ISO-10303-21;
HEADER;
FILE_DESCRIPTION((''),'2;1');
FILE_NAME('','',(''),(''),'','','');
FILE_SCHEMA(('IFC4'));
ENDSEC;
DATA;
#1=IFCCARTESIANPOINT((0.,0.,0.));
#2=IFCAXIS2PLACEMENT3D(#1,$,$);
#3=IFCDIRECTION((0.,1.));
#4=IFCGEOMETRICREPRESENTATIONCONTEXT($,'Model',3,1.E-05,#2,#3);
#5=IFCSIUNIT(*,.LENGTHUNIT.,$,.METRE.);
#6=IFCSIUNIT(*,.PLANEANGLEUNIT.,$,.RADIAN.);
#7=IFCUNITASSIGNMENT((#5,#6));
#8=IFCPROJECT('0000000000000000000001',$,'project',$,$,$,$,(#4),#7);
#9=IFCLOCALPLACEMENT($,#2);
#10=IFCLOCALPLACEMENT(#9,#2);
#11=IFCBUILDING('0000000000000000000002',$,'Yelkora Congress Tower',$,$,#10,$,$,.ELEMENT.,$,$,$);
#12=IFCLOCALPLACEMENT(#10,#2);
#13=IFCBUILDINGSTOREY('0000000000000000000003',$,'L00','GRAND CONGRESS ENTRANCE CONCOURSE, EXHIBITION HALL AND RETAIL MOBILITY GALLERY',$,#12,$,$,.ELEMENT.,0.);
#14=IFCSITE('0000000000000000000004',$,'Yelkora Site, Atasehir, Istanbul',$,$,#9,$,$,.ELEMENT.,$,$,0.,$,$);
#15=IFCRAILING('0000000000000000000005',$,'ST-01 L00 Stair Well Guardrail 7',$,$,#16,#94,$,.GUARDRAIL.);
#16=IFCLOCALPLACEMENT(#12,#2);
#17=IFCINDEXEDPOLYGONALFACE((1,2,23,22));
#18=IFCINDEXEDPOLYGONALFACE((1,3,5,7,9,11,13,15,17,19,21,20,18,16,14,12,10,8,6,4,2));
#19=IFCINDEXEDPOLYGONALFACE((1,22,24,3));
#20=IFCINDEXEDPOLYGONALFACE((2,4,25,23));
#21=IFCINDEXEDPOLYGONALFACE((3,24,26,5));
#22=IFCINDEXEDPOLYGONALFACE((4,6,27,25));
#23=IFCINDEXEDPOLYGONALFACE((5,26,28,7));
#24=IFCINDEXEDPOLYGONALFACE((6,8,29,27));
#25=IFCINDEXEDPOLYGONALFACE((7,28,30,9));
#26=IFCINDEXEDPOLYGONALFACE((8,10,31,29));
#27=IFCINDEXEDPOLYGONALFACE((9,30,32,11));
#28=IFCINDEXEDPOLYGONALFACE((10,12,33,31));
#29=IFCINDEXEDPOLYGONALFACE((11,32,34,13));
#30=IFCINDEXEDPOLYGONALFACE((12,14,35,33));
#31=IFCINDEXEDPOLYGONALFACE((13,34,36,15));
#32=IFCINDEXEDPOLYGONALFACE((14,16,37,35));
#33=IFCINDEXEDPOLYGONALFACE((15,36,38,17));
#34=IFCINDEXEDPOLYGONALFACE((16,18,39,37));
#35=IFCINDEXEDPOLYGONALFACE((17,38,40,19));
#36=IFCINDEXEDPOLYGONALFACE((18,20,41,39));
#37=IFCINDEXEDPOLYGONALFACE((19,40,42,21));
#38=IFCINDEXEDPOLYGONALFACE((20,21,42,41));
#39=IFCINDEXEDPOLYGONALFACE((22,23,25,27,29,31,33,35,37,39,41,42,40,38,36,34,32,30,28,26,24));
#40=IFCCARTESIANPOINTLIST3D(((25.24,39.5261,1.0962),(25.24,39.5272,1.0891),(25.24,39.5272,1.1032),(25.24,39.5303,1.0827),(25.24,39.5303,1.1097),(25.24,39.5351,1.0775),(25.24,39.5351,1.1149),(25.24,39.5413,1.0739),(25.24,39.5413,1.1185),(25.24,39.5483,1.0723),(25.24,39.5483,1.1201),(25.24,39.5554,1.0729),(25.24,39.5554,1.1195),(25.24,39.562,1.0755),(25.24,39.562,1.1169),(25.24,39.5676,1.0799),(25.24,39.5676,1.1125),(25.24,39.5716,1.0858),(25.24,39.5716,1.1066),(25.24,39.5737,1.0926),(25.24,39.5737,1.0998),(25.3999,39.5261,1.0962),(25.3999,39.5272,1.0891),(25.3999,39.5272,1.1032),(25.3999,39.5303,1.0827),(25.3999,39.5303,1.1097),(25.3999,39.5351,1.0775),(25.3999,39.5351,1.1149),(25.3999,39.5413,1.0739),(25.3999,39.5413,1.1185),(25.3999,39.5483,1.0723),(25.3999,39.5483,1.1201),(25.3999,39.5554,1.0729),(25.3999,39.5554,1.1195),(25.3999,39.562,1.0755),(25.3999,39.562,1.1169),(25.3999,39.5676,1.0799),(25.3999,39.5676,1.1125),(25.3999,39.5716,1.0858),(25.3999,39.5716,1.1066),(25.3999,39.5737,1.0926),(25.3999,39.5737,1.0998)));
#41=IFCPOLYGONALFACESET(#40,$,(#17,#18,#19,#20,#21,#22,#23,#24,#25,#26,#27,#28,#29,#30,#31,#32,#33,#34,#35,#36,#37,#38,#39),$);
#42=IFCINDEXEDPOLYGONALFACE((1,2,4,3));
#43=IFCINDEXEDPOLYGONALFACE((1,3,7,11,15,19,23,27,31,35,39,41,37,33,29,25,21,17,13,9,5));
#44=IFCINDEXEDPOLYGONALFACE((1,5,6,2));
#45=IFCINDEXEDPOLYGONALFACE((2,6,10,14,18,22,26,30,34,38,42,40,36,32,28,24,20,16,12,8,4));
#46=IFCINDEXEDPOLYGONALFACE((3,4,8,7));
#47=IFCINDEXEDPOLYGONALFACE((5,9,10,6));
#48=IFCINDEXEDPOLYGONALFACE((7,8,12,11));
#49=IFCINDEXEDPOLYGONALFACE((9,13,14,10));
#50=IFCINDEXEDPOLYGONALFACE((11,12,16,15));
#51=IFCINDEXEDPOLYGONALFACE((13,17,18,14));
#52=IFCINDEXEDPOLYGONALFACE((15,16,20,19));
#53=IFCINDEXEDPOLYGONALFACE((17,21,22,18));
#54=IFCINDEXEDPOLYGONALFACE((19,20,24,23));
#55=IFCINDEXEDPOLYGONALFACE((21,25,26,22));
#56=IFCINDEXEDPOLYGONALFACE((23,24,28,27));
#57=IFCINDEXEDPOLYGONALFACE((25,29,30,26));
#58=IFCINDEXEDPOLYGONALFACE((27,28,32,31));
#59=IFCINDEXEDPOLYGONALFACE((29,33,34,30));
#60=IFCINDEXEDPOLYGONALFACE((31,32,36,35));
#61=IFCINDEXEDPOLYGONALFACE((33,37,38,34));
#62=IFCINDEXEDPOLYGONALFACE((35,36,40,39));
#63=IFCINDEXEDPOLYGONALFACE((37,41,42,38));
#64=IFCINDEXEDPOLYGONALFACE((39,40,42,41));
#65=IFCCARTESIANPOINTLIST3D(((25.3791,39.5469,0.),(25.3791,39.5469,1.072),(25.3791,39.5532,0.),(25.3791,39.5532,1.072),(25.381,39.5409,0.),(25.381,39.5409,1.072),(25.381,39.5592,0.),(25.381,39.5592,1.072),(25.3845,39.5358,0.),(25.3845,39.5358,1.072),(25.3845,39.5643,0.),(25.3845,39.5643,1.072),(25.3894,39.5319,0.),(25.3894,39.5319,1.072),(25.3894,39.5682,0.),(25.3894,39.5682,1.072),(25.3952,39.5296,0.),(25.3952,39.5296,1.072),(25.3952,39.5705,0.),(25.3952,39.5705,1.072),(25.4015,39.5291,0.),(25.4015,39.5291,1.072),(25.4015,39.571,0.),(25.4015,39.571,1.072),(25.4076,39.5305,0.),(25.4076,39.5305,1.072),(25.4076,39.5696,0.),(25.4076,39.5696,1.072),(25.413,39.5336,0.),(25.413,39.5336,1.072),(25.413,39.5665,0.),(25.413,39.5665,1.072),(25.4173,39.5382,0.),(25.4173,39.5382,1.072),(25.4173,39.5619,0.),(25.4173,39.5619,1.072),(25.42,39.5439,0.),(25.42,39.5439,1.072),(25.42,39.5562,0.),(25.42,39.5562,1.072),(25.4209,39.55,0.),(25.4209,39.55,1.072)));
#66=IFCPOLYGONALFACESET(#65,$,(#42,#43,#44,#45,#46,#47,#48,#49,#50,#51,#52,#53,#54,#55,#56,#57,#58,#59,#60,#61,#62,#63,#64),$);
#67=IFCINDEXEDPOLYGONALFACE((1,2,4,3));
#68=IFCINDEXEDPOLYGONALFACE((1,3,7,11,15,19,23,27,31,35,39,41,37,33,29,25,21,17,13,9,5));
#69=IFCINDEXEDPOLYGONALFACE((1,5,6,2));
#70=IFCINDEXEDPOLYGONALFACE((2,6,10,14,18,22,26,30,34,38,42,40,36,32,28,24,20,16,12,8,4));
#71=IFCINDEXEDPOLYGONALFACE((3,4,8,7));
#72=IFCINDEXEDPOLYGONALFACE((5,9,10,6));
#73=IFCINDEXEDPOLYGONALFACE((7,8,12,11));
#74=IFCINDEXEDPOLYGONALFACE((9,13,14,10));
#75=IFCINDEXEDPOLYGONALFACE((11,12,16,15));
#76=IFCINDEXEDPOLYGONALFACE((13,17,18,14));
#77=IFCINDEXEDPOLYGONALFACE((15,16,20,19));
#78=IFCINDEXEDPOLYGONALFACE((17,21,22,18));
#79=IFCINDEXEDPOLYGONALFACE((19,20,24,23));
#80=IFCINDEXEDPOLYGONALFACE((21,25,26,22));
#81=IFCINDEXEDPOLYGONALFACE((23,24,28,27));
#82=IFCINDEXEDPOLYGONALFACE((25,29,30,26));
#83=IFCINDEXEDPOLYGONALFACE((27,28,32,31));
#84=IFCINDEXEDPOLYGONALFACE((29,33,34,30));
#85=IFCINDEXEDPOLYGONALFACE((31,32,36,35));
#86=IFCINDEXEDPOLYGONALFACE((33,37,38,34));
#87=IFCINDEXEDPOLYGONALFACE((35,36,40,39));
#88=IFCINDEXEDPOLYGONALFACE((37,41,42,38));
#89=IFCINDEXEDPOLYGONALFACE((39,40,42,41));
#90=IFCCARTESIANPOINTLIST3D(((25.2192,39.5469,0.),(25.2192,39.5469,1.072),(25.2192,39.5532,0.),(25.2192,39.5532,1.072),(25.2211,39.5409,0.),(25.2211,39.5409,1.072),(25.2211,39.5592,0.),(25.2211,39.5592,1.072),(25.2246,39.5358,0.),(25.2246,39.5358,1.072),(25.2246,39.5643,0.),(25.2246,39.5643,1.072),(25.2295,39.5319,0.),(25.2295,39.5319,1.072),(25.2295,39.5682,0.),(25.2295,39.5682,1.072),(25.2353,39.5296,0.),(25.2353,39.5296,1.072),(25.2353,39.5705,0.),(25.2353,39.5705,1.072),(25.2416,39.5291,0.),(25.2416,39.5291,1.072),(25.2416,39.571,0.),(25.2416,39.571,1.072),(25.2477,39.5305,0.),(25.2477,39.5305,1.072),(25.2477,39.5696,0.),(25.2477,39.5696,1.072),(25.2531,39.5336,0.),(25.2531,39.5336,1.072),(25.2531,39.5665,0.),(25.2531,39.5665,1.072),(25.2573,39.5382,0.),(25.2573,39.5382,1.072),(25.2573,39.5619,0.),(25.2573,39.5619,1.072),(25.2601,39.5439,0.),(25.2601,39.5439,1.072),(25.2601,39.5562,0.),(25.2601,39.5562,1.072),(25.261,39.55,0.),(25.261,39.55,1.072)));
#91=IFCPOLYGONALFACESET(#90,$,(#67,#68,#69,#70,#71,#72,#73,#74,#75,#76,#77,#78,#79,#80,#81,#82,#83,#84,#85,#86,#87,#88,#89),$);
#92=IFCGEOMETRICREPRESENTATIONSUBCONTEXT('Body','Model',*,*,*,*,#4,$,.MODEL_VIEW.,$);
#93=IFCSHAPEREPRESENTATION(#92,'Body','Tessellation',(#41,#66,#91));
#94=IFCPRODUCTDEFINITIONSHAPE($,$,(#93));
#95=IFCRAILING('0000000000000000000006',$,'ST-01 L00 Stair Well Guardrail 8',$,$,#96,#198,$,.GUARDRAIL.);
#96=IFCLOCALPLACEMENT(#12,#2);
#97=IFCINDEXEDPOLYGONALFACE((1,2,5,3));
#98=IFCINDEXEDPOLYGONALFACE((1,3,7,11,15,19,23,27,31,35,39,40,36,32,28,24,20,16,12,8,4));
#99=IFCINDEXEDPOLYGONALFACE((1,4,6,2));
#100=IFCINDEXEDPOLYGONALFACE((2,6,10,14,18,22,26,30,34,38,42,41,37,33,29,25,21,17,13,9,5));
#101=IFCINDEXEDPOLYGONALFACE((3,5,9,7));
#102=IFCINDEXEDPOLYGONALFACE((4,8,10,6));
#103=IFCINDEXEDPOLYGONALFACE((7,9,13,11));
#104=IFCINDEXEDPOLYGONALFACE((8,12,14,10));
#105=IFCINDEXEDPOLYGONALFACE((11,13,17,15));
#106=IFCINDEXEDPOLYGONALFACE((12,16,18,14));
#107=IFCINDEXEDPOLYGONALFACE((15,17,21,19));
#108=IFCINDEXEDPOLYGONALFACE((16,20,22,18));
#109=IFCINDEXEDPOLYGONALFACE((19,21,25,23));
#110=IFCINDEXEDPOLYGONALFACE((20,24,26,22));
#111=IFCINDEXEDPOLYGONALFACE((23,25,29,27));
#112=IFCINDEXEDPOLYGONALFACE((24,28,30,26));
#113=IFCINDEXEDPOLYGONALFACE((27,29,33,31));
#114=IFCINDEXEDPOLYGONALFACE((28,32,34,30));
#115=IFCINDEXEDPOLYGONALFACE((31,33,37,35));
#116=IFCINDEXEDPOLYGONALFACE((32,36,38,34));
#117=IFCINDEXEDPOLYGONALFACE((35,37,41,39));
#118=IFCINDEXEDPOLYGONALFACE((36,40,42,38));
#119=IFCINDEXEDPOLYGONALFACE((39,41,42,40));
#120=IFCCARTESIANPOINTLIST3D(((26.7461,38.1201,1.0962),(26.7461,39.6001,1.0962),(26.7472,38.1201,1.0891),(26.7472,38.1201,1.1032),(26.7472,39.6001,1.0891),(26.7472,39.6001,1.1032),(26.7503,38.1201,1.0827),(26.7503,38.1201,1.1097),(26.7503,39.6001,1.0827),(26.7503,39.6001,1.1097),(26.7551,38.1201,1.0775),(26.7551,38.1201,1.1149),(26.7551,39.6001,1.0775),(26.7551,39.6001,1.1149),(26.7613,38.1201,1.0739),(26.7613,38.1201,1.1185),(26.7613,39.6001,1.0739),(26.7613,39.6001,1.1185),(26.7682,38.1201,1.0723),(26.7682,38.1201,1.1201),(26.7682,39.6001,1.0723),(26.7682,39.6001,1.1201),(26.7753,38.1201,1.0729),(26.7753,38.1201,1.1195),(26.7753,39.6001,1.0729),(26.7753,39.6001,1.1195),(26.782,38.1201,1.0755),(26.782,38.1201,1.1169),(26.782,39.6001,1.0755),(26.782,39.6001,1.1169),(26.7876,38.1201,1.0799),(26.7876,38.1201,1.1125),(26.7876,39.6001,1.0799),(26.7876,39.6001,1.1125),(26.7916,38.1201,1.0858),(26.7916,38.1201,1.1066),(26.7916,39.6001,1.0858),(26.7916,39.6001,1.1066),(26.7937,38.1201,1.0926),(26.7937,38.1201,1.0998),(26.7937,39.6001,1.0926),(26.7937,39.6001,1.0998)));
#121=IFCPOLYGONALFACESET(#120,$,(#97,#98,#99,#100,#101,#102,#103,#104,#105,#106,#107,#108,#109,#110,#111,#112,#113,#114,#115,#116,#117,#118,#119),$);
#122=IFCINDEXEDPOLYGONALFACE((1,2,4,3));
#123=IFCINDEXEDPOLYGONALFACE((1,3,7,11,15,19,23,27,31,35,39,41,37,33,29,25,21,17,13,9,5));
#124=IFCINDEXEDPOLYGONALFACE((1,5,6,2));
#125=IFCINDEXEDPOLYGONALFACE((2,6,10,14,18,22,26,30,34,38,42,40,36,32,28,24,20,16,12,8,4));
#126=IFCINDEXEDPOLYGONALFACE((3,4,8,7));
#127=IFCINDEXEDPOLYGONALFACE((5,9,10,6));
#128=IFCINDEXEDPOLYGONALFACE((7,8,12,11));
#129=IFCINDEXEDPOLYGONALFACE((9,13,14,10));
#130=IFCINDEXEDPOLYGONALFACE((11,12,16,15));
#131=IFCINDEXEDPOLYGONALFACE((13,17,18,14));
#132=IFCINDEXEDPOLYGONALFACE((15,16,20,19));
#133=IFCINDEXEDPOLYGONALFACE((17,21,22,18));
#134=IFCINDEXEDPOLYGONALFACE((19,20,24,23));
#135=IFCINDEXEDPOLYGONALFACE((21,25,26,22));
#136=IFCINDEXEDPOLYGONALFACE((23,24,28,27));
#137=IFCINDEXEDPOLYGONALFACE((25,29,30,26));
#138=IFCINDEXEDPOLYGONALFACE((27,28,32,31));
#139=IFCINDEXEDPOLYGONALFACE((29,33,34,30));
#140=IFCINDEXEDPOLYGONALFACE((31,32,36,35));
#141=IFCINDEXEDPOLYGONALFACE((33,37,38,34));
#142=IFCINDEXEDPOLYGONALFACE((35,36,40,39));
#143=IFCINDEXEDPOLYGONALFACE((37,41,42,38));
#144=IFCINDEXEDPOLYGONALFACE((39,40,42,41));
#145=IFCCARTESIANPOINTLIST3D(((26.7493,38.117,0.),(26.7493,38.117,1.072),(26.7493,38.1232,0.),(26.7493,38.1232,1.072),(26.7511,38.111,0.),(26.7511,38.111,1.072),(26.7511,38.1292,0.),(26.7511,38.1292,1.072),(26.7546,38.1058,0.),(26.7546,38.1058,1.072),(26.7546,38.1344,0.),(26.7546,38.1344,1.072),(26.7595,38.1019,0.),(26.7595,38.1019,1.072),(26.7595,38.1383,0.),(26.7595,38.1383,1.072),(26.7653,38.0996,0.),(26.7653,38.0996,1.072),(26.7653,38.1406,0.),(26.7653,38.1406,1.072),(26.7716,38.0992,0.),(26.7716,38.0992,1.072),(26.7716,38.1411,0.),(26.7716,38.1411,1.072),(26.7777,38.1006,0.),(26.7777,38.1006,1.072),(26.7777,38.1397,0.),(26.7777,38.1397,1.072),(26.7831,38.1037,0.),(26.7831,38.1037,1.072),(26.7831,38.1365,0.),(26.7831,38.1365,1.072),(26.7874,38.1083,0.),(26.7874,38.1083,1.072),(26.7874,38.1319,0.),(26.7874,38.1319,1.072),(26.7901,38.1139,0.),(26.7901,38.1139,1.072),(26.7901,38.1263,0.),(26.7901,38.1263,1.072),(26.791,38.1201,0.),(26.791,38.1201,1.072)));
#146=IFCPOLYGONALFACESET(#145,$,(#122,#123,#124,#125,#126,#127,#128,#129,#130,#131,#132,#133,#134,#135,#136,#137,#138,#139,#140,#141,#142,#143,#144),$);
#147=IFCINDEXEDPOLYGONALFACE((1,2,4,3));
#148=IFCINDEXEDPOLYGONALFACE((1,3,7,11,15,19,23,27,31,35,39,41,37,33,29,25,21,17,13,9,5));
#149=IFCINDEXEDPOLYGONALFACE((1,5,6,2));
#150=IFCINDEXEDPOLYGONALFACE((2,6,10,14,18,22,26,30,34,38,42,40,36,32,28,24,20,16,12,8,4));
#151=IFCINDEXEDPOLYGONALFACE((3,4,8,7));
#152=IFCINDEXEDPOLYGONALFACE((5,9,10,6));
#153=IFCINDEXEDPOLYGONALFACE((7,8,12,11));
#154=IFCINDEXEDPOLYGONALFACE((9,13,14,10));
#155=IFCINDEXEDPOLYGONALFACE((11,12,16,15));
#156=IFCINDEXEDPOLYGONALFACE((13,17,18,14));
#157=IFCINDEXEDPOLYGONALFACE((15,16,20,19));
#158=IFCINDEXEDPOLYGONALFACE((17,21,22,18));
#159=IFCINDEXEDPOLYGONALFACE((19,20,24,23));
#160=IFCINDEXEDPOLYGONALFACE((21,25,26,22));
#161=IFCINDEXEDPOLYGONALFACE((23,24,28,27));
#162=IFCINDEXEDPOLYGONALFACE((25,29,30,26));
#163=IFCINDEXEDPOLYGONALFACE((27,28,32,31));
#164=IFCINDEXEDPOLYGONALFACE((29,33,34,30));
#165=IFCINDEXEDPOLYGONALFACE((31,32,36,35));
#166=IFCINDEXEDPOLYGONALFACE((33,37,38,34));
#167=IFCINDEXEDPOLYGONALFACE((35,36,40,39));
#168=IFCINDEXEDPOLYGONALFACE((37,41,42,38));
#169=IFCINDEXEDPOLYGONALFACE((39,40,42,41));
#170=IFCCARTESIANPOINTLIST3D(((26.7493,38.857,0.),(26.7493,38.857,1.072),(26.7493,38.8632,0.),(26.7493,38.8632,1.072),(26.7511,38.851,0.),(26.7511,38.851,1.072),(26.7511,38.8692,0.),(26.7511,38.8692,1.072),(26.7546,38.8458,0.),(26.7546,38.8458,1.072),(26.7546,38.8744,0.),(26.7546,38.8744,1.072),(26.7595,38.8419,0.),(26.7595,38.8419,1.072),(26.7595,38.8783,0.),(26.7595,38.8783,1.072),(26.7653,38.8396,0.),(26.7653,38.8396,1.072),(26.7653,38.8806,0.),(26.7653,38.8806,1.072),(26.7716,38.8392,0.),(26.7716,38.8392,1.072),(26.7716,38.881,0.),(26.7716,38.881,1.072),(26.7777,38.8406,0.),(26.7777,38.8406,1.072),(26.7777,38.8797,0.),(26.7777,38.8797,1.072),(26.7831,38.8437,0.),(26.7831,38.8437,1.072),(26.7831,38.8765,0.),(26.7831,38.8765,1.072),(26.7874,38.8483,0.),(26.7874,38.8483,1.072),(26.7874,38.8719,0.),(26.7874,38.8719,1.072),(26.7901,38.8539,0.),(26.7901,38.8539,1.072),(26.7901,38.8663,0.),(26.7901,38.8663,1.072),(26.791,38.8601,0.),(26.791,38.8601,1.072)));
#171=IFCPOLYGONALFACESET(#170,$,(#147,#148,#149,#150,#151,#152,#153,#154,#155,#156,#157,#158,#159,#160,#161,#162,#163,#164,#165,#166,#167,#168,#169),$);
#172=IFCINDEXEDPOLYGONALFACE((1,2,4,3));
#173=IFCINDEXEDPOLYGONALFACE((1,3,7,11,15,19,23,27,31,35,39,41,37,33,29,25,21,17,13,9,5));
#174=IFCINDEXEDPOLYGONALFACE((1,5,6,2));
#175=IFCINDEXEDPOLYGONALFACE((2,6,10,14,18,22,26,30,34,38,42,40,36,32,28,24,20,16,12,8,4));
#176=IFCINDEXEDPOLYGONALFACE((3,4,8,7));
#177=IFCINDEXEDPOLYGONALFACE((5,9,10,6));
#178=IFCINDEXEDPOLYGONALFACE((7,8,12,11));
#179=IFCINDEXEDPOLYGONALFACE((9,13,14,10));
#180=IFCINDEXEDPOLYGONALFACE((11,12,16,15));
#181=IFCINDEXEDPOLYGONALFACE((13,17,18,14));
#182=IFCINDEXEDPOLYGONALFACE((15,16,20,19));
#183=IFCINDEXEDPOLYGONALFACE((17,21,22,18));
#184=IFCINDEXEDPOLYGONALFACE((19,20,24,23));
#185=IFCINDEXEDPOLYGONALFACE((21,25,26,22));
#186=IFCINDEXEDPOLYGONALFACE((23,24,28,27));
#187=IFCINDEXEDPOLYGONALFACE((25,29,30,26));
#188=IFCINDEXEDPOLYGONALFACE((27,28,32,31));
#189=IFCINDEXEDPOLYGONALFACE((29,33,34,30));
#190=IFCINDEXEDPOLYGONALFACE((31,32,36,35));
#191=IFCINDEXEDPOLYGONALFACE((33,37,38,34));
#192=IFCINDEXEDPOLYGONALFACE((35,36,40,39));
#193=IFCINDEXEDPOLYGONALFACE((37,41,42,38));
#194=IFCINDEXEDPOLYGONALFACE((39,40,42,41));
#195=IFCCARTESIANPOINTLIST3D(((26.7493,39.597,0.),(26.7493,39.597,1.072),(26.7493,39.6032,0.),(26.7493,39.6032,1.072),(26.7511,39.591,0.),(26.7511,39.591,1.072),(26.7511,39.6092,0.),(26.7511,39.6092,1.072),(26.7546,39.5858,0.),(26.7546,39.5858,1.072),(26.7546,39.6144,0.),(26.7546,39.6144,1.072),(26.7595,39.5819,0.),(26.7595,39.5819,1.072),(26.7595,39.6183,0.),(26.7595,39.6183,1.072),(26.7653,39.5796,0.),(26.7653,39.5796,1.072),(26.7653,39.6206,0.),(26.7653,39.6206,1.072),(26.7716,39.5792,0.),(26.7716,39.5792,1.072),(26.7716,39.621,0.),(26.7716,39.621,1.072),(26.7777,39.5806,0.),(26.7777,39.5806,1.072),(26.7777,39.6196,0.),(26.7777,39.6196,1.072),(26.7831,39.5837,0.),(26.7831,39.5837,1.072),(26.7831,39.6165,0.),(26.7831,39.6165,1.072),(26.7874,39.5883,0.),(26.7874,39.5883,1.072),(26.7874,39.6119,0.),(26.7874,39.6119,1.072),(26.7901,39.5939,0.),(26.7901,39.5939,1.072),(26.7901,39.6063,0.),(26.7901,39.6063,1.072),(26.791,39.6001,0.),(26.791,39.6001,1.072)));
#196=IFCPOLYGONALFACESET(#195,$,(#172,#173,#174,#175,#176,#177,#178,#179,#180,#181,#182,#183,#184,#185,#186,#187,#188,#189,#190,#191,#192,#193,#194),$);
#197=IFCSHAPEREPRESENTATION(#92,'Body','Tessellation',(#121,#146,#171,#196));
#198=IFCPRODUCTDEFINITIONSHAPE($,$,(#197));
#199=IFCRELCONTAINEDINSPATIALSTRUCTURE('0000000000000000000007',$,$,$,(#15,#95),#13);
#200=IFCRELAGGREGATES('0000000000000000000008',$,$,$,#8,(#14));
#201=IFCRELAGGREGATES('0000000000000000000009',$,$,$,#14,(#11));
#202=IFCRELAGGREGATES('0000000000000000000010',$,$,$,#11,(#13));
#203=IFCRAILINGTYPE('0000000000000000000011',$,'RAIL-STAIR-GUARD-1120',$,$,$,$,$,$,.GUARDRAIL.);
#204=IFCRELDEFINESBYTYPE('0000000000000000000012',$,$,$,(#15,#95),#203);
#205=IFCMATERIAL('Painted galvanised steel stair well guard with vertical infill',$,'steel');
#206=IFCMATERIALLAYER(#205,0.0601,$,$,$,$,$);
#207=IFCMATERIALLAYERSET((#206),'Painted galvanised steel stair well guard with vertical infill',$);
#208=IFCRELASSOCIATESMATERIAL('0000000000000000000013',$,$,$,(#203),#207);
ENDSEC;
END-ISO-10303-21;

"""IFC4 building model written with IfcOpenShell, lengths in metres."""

from ifc_helpers import new_model, si_unit, direction, frame, origin, origin_2d, place, context, subcontext, project, spatial, circle, extrude, material, layer, layer_set, type_object, element, save


model = new_model("IFC4")

# Units and contexts
model_context = context("Model", 3, precision=1e-05, world=origin(), true_north=direction((0.0, 1.0)))
body_context = subcontext(model_context, "Body", "Model", "MODEL_VIEW")
ifc_project = project(units=[si_unit("LENGTHUNIT", "METRE"), si_unit("PLANEANGLEUNIT", "RADIAN")], contexts=[model_context])

# Site, building, storey
site_placement = place(None, origin())
site = spatial("IfcSite", under=ifc_project, at=site_placement, Name="Yelkora Site, Atasehir, Istanbul", CompositionType="ELEMENT", RefElevation=0.0)
building_placement = place(site_placement, origin())
building = spatial("IfcBuilding", under=site, at=building_placement, Name="Yelkora Congress Tower", CompositionType="ELEMENT")
storey_placement = place(building_placement, origin())
storey = spatial("IfcBuildingStorey", under=building, at=storey_placement, Name="L00", Description="GRAND CONGRESS ENTRANCE CONCOURSE, EXHIBITION HALL AND RETAIL MOBILITY GALLERY", CompositionType="ELEMENT", Elevation=0.0)

# Railings
ifc_material_1 = material(Name="Painted galvanised steel stair well guard with vertical infill", Category="steel")
ifc_layer_1 = layer(ifc_material_1, 0.0601)
ifc_layer_set_1 = layer_set([ifc_layer_1], Name="Painted galvanised steel stair well guard with vertical infill")
railing_type_1 = type_object("IfcRailingType", Name="RAIL-STAIR-GUARD-1120", PredefinedType="GUARDRAIL", material=ifc_layer_set_1)
railing_1_placement = place(storey_placement, frame((25.3999, 39.55, 0.0)))
element("IfcRailing", 1, at=railing_1_placement, inside=storey, type_object=railing_type_1, Name="ST-01 L00 Stair Well Guardrail 7", PredefinedType="GUARDRAIL", context=body_context, shape_type="SweptSolid", body=[
    extrude(circle(Radius=0.0239, at=origin_2d()), frame((0.0, 0.0, 1.0962), z_axis=(-1.0, 0.0, 0.0), x_axis=(0.0, -1.0, 0.0)), (0.0, 0.0, 1.0), 0.1599),
    extrude(circle(Radius=0.021, at=origin_2d()), origin(), (0.0, 0.0, 1.0), 1.072),
    extrude(circle(Radius=0.021, at=origin_2d()), frame((-0.1599, 0.0, 0.0)), (0.0, 0.0, 1.0), 1.072),
])
for number, where, name in (
    (2, (26.77, 38.1201, 0.0), "ST-01 L00 Stair Well Guardrail 8"),
):
    element("IfcRailing", number, at=place(storey_placement, frame(where)), inside=storey, type_object=railing_type_1, Name=name, PredefinedType="GUARDRAIL", context=body_context, shape_type="SweptSolid", body=[
        extrude(circle(Radius=0.0239, at=origin_2d()), frame((0.0, 0.0, 1.0962), z_axis=(0.0, 1.0, 0.0), x_axis=(-1.0, 0.0, 0.0)), (0.0, 0.0, 1.0), 1.48),
        extrude(circle(Radius=0.021, at=origin_2d()), origin(), (0.0, 0.0, 1.0), 1.072),
        extrude(circle(Radius=0.021, at=origin_2d()), frame((0.0, 0.74, 0.0)), (0.0, 0.0, 1.0), 1.072),
        extrude(circle(Radius=0.021, at=origin_2d()), frame((0.0, 1.48, 0.0)), (0.0, 0.0, 1.0), 1.072),
    ])

save(model, "model.ifc")
